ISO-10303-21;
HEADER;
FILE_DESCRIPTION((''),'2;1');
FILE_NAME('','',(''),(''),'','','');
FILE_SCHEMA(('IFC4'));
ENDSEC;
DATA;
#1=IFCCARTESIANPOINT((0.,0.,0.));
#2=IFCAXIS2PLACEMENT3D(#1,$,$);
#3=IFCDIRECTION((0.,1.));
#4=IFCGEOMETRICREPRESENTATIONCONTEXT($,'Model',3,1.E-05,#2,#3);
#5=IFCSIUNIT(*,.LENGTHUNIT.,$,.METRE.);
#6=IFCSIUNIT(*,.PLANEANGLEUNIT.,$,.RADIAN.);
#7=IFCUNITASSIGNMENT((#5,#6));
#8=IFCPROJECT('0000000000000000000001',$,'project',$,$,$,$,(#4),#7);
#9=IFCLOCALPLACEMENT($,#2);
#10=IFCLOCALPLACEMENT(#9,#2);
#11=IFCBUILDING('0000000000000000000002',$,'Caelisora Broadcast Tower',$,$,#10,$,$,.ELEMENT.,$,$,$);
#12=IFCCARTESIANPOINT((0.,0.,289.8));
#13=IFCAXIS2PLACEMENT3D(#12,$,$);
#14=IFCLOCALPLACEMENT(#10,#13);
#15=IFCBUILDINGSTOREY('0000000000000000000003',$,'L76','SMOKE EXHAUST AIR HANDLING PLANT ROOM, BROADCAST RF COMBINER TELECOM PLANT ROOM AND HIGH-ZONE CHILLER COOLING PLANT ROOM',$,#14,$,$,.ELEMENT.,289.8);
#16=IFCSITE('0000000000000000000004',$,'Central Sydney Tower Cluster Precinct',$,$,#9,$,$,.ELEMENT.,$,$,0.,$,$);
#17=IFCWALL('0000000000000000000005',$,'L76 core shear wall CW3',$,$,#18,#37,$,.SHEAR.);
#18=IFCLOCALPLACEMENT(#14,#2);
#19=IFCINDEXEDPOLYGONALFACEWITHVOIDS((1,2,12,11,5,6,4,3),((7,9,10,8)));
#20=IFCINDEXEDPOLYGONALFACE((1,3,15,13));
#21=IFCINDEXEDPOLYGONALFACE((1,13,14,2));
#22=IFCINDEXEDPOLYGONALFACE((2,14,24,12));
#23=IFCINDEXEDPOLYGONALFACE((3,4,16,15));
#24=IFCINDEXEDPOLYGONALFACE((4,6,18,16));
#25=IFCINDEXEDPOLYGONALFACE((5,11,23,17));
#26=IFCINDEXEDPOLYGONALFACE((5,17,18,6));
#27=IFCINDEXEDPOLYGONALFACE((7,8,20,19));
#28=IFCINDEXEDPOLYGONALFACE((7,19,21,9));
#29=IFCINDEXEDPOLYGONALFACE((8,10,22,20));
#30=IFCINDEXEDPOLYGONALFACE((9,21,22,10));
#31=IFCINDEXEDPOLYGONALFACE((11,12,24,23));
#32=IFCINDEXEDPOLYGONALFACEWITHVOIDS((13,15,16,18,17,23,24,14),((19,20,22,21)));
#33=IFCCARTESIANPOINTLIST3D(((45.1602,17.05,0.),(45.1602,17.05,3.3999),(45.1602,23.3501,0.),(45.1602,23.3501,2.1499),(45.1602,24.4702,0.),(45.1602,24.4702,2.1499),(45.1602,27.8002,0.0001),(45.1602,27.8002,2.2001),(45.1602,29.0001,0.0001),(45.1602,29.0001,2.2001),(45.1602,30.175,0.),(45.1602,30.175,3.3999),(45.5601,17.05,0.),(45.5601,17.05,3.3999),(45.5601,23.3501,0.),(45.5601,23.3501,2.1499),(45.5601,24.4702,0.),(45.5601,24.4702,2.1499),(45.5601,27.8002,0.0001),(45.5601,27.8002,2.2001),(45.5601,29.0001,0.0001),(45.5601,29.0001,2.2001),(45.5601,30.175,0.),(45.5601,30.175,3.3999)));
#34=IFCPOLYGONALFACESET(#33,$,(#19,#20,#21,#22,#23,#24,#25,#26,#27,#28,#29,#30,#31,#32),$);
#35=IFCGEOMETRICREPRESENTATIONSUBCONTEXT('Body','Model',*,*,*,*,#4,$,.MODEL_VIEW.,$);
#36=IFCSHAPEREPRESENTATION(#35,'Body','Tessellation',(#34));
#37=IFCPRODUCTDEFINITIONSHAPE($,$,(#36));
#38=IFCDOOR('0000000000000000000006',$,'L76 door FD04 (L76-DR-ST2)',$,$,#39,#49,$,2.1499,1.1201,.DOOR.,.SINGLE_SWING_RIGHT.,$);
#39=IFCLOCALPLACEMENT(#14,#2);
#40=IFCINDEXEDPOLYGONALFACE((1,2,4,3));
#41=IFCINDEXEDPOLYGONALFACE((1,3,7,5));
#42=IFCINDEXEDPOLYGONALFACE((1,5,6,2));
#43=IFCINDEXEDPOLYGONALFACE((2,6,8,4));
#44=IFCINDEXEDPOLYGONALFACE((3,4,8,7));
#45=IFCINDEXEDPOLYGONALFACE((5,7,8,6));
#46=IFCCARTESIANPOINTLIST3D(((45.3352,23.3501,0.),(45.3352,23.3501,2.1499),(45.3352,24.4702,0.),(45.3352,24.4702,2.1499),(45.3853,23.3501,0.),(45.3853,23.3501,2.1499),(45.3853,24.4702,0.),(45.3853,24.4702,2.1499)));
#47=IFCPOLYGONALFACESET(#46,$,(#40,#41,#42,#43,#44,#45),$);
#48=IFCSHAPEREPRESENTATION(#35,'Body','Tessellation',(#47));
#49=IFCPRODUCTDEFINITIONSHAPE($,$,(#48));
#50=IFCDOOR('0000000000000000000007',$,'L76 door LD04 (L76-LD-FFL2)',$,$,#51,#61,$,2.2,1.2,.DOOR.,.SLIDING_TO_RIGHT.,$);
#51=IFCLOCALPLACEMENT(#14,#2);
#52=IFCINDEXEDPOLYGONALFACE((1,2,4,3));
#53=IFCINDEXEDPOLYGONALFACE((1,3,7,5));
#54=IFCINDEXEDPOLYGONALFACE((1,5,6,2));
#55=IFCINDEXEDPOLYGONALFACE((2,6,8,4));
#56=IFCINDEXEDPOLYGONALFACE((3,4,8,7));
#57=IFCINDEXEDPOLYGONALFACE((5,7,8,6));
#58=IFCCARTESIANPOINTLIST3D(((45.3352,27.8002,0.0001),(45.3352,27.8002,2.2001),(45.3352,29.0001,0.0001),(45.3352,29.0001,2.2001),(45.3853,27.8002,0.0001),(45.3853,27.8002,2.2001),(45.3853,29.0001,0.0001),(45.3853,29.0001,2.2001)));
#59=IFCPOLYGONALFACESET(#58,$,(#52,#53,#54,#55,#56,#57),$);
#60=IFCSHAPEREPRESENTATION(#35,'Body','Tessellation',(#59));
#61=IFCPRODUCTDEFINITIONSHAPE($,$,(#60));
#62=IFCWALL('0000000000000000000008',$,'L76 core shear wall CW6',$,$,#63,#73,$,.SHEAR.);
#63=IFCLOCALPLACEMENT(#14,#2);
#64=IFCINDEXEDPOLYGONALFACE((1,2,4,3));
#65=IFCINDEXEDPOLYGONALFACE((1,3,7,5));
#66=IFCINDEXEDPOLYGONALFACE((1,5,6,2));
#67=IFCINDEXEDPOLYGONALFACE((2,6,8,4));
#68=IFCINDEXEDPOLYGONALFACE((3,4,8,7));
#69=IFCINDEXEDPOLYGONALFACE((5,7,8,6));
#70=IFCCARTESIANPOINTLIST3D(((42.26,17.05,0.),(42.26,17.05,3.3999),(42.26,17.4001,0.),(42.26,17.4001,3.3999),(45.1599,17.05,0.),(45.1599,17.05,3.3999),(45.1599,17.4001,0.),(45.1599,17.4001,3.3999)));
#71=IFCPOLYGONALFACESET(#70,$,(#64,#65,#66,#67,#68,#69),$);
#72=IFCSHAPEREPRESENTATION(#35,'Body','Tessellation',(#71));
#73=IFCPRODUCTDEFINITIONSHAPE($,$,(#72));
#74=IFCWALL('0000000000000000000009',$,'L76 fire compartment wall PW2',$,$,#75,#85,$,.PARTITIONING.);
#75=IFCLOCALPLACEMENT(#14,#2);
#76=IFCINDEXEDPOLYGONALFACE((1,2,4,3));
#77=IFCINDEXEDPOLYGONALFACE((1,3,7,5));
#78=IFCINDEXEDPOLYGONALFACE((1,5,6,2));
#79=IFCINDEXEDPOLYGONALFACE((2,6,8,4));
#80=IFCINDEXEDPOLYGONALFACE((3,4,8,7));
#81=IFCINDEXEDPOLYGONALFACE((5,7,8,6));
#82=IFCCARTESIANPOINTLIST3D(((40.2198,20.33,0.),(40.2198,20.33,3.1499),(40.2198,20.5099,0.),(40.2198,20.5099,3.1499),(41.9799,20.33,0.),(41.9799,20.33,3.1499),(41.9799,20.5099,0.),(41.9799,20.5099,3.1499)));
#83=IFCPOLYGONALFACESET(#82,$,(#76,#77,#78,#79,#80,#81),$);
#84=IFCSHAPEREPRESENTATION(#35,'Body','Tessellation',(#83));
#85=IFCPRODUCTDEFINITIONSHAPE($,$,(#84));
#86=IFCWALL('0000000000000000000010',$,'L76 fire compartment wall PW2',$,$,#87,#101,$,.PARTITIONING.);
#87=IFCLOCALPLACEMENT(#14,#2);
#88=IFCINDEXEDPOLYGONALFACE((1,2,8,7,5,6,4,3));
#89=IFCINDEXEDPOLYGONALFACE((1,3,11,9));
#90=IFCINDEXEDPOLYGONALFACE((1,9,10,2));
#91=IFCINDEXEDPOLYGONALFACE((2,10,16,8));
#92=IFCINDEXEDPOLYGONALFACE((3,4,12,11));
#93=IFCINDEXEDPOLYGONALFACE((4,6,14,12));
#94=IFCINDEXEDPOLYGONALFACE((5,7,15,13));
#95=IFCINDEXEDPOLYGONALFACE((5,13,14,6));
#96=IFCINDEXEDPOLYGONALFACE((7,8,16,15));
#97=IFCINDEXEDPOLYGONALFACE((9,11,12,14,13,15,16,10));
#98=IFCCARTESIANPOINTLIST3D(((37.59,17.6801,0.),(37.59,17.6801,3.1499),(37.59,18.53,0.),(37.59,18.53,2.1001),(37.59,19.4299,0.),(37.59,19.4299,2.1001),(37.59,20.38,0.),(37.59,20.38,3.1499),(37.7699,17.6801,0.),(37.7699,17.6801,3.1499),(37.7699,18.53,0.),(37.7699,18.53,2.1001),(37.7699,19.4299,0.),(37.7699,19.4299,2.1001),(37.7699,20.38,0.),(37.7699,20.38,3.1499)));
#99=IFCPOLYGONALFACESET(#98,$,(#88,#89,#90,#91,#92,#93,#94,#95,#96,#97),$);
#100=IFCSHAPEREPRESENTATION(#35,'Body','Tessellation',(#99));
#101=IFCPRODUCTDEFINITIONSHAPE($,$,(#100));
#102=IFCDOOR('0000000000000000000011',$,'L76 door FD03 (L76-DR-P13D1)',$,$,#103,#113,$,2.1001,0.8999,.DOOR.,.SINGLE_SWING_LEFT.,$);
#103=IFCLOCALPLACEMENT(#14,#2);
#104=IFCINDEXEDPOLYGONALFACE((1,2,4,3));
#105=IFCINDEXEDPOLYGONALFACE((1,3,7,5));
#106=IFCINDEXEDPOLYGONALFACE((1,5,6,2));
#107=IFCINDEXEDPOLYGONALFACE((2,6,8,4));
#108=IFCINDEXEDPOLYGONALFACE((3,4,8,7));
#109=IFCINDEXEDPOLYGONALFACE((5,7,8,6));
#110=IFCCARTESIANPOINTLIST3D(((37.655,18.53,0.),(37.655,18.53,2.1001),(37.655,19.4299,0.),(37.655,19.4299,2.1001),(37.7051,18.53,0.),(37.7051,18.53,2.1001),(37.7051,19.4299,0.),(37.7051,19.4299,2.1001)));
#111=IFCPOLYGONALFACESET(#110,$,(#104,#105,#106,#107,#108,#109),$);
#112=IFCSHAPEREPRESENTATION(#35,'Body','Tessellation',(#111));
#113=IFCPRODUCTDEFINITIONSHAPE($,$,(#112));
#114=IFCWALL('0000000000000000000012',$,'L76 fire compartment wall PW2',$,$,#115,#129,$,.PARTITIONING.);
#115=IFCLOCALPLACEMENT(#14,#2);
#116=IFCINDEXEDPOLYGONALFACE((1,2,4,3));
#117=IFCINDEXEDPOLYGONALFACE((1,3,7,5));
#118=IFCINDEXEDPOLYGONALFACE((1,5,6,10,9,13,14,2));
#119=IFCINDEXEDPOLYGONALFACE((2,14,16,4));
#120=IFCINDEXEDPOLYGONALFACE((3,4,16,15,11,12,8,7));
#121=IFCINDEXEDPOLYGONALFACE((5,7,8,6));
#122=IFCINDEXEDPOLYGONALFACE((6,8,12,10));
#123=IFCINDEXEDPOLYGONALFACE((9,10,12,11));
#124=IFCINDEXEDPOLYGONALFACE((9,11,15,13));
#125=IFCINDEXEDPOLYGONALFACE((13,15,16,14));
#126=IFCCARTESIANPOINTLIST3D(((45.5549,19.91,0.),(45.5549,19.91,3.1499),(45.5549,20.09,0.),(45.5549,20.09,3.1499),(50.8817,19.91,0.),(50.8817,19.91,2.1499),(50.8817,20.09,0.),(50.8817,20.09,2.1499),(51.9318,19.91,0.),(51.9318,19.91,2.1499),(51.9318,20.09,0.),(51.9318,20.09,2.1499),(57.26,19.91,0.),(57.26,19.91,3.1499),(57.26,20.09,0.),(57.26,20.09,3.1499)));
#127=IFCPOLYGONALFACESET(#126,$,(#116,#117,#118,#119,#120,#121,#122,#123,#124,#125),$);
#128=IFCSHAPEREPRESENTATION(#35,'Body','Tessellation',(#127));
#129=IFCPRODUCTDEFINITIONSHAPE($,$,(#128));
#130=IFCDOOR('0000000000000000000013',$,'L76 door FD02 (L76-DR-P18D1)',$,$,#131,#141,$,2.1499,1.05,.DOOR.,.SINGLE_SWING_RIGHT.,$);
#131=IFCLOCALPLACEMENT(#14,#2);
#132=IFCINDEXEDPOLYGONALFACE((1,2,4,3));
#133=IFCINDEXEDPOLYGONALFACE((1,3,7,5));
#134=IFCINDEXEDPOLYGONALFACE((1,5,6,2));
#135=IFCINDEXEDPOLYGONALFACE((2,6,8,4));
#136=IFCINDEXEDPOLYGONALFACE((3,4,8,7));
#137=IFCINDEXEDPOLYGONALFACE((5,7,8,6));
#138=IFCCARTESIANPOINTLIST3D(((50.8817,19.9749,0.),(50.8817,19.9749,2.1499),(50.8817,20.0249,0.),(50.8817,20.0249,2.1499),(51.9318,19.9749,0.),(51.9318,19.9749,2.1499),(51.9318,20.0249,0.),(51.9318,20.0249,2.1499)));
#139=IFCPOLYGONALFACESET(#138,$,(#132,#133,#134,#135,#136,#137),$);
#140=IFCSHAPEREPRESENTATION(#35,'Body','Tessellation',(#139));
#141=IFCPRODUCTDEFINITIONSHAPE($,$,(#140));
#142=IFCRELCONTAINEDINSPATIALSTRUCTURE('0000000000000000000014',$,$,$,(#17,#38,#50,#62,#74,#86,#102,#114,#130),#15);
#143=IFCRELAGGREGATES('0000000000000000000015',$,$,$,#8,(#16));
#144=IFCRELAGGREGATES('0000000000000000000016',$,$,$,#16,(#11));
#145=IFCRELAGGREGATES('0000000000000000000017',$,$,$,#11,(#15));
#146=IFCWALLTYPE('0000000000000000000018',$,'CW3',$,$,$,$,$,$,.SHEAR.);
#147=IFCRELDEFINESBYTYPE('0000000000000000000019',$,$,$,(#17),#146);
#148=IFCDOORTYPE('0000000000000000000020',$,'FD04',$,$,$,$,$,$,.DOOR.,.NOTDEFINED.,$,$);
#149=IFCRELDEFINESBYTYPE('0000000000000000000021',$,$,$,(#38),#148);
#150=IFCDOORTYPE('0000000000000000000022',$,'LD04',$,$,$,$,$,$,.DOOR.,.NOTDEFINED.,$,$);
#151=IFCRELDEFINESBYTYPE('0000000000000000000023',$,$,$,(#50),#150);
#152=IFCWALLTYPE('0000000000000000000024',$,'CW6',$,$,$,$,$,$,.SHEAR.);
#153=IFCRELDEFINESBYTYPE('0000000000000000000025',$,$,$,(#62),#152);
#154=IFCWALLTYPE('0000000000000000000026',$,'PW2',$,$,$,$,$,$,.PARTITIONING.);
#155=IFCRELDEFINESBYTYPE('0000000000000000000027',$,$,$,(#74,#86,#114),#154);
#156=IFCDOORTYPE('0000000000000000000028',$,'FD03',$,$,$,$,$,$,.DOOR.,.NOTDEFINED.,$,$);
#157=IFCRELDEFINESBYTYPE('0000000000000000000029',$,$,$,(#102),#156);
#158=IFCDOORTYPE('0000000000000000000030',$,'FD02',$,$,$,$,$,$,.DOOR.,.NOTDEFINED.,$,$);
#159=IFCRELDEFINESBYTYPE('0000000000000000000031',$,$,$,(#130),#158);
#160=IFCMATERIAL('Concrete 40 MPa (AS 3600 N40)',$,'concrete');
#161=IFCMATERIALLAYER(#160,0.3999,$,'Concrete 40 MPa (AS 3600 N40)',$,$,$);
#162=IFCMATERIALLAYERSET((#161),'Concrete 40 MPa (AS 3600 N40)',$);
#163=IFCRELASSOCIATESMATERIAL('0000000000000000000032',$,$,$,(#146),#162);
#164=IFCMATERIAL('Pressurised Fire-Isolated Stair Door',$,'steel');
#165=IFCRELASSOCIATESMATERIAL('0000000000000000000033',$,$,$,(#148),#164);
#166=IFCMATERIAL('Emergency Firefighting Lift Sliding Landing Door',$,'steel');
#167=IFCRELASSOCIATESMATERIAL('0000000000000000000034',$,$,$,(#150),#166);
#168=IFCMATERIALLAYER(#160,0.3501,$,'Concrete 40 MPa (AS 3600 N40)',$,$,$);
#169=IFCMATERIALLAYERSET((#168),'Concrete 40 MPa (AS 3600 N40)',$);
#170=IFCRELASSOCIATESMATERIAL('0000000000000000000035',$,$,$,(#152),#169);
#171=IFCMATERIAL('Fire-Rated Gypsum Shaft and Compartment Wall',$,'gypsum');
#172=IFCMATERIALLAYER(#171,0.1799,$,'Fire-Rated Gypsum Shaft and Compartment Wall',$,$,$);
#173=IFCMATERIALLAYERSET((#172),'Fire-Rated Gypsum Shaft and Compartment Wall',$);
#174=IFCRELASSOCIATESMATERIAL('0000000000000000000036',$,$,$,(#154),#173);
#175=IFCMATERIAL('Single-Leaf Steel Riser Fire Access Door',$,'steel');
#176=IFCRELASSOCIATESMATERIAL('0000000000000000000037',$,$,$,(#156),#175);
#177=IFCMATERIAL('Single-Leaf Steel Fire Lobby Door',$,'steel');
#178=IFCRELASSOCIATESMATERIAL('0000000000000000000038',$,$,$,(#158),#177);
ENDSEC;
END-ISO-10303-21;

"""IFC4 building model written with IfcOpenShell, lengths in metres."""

from ifc_helpers import new_model, si_unit, direction, frame, frame_2d, origin, place, context, subcontext, project, spatial, rectangle, extrude, material, layer, layer_set, type_object, element, fill, save


model = new_model("IFC4")

# Units and contexts
model_context = context("Model", 3, precision=1e-05, world=origin(), true_north=direction((0.0, 1.0)))
body_context = subcontext(model_context, "Body", "Model", "MODEL_VIEW")
ifc_project = project(units=[si_unit("LENGTHUNIT", "METRE"), si_unit("PLANEANGLEUNIT", "RADIAN")], contexts=[model_context])

# Site, building, storey
site_placement = place(None, origin())
site = spatial("IfcSite", under=ifc_project, at=site_placement, Name="Central Sydney Tower Cluster Precinct", CompositionType="ELEMENT", RefElevation=0.0)
building_placement = place(site_placement, origin())
building = spatial("IfcBuilding", under=site, at=building_placement, Name="Caelisora Broadcast Tower", CompositionType="ELEMENT")
storey_placement = place(building_placement, frame((0.0, 0.0, 289.8)))
storey = spatial("IfcBuildingStorey", under=building, at=storey_placement, Name="L76", Description="SMOKE EXHAUST AIR HANDLING PLANT ROOM, BROADCAST RF COMBINER TELECOM PLANT ROOM AND HIGH-ZONE CHILLER COOLING PLANT ROOM", CompositionType="ELEMENT", Elevation=289.8)

# Wall, openings, doors
ifc_material_1 = material(Name="Concrete 40 MPa (AS 3600 N40)", Category="concrete")
ifc_layer_1 = layer(ifc_material_1, 0.3999, Name="Concrete 40 MPa (AS 3600 N40)")
ifc_layer_set_1 = layer_set([ifc_layer_1], Name="Concrete 40 MPa (AS 3600 N40)")
wall_type_1 = type_object("IfcWallType", Name="CW3", PredefinedType="SHEAR", material=ifc_layer_set_1)
wall_1_placement = place(storey_placement, frame((45.3601, 17.05, 0.0), z_axis=(0.0, 0.0, 1.0), x_axis=(0.0, 1.0, 0.0)))
wall_1 = element("IfcWall", 1, at=wall_1_placement, inside=storey, type_object=wall_type_1, Name="L76 core shear wall CW3", PredefinedType="SHEAR", context=body_context, shape_type="SweptSolid", body=[
    extrude(rectangle(XDim=13.125, YDim=0.3999, at=frame_2d((6.5625, 0.0))), origin(), (0.0, 0.0, 1.0), 3.3999),
])
opening_1_placement = place(wall_1_placement, frame((6.3, 0.0, 0.0)))
opening_1 = element("IfcOpeningElement", 2, at=opening_1_placement, cuts=wall_1, PredefinedType="OPENING", context=body_context, shape_type="SweptSolid", body=[
    extrude(rectangle(XDim=1.1201, YDim=2.1499, at=frame_2d((0.5601, 1.075))), frame((0.0, 0.2119, 0.0), z_axis=(0.0, -1.0, 0.0), x_axis=(1.0, 0.0, 0.0)), (0.0, 0.0, 1.0), 0.4238),
])
opening_2_placement = place(wall_1_placement, frame((10.75, 0.0, 0.0)))
opening_2 = element("IfcOpeningElement", 3, at=opening_2_placement, cuts=wall_1, PredefinedType="OPENING", context=body_context, shape_type="SweptSolid", body=[
    extrude(rectangle(XDim=1.2, YDim=2.2, at=frame_2d((0.6001, 1.1001))), frame((0.0, 0.2119, 0.0), z_axis=(0.0, -1.0, 0.0), x_axis=(1.0, 0.0, 0.0)), (0.0, 0.0, 1.0), 0.4238),
])
ifc_material_2 = material(Name="Pressurised Fire-Isolated Stair Door", Category="steel")
door_type_1 = type_object("IfcDoorType", Name="FD04", OperationType="NOTDEFINED", PredefinedType="DOOR", material=ifc_material_2)
door_1_placement = place(opening_1_placement, origin())
door_1 = element("IfcDoor", 4, at=door_1_placement, inside=storey, type_object=door_type_1, Name="L76 door FD04 (L76-DR-ST2)", OperationType="SINGLE_SWING_RIGHT", OverallHeight=2.1499, OverallWidth=1.1201, PredefinedType="DOOR", context=body_context, shape_type="SweptSolid", body=[
    extrude(rectangle(XDim=1.1201, YDim=2.1499, at=frame_2d((0.5601, 1.075))), frame((0.0, 0.0249, 0.0), z_axis=(0.0, -1.0, 0.0), x_axis=(1.0, 0.0, 0.0)), (0.0, 0.0, 1.0), 0.05),
])
fill(opening_1, door_1)
ifc_material_3 = material(Name="Emergency Firefighting Lift Sliding Landing Door", Category="steel")
door_type_2 = type_object("IfcDoorType", Name="LD04", OperationType="NOTDEFINED", PredefinedType="DOOR", material=ifc_material_3)
door_2_placement = place(opening_2_placement, origin())
door_2 = element("IfcDoor", 5, at=door_2_placement, inside=storey, type_object=door_type_2, Name="L76 door LD04 (L76-LD-FFL2)", OperationType="SLIDING_TO_RIGHT", OverallHeight=2.2, OverallWidth=1.2, PredefinedType="DOOR", context=body_context, shape_type="SweptSolid", body=[
    extrude(rectangle(XDim=1.2, YDim=2.2, at=frame_2d((0.6001, 1.1001))), frame((0.0, 0.0249, 0.0), z_axis=(0.0, -1.0, 0.0), x_axis=(1.0, 0.0, 0.0)), (0.0, 0.0, 1.0), 0.05),
])
fill(opening_2, door_2)

# Walls
ifc_layer_2 = layer(ifc_material_1, 0.3501, Name="Concrete 40 MPa (AS 3600 N40)")
ifc_layer_set_2 = layer_set([ifc_layer_2], Name="Concrete 40 MPa (AS 3600 N40)")
wall_type_2 = type_object("IfcWallType", Name="CW6", PredefinedType="SHEAR", material=ifc_layer_set_2)
wall_2_placement = place(storey_placement, frame((42.26, 17.2251, 0.0), z_axis=(0.0, 0.0, 1.0), x_axis=(1.0, 0.0, 0.0)))
element("IfcWall", 6, at=wall_2_placement, inside=storey, type_object=wall_type_2, Name="L76 core shear wall CW6", PredefinedType="SHEAR", context=body_context, shape_type="SweptSolid", body=[
    extrude(rectangle(XDim=2.8999, YDim=0.3501, at=frame_2d((1.45, 0.0))), origin(), (0.0, 0.0, 1.0), 3.3999),
])
ifc_material_4 = material(Name="Fire-Rated Gypsum Shaft and Compartment Wall", Category="gypsum")
ifc_layer_3 = layer(ifc_material_4, 0.1799, Name="Fire-Rated Gypsum Shaft and Compartment Wall")
ifc_layer_set_3 = layer_set([ifc_layer_3], Name="Fire-Rated Gypsum Shaft and Compartment Wall")
wall_type_3 = type_object("IfcWallType", Name="PW2", PredefinedType="PARTITIONING", material=ifc_layer_set_3)
wall_3_placement = place(storey_placement, frame((40.22, 20.4199, 0.0), z_axis=(0.0, 0.0, 1.0), x_axis=(1.0, 0.0, 0.0)))
element("IfcWall", 7, at=wall_3_placement, inside=storey, type_object=wall_type_3, Name="L76 fire compartment wall PW2", PredefinedType="PARTITIONING", context=body_context, shape_type="SweptSolid", body=[
    extrude(rectangle(XDim=1.76, YDim=0.1799, at=frame_2d((0.8799, 0.0))), origin(), (0.0, 0.0, 1.0), 3.1499),
])

# Walls, openings, doors
wall_4_placement = place(storey_placement, frame((37.6799, 17.6799, 0.0), z_axis=(0.0, 0.0, 1.0), x_axis=(0.0, 1.0, 0.0)))
wall_4 = element("IfcWall", 8, at=wall_4_placement, inside=storey, type_object=wall_type_3, Name="L76 fire compartment wall PW2", PredefinedType="PARTITIONING", context=body_context, shape_type="SweptSolid", body=[
    extrude(rectangle(XDim=2.7, YDim=0.1799, at=frame_2d((1.3501, 0.0))), origin(), (0.0, 0.0, 1.0), 3.1499),
])
opening_3_placement = place(wall_4_placement, frame((0.8501, 0.0, 0.0)))
opening_3 = element("IfcOpeningElement", 9, at=opening_3_placement, cuts=wall_4, PredefinedType="OPENING", context=body_context, shape_type="SweptSolid", body=[
    extrude(rectangle(XDim=0.8999, YDim=2.1001, at=frame_2d((0.45, 1.05))), frame((0.0, 0.1021, 0.0), z_axis=(0.0, -1.0, 0.0), x_axis=(1.0, 0.0, 0.0)), (0.0, 0.0, 1.0), 0.2039),
])
ifc_material_5 = material(Name="Single-Leaf Steel Riser Fire Access Door", Category="steel")
door_type_3 = type_object("IfcDoorType", Name="FD03", OperationType="NOTDEFINED", PredefinedType="DOOR", material=ifc_material_5)
door_3_placement = place(opening_3_placement, origin())
door_3 = element("IfcDoor", 10, at=door_3_placement, inside=storey, type_object=door_type_3, Name="L76 door FD03 (L76-DR-P13D1)", OperationType="SINGLE_SWING_LEFT", OverallHeight=2.1001, OverallWidth=0.8999, PredefinedType="DOOR", context=body_context, shape_type="SweptSolid", body=[
    extrude(rectangle(XDim=0.8999, YDim=2.1001, at=frame_2d((0.45, 1.05))), frame((0.0, 0.0249, 0.0), z_axis=(0.0, -1.0, 0.0), x_axis=(1.0, 0.0, 0.0)), (0.0, 0.0, 1.0), 0.05),
])
fill(opening_3, door_3)
wall_5_placement = place(storey_placement, frame((45.5549, 20.0, 0.0), z_axis=(0.0, 0.0, 1.0), x_axis=(1.0, 0.0, 0.0)))
wall_5 = element("IfcWall", 11, at=wall_5_placement, inside=storey, type_object=wall_type_3, Name="L76 fire compartment wall PW2", PredefinedType="PARTITIONING", context=body_context, shape_type="SweptSolid", body=[
    extrude(rectangle(XDim=11.7051, YDim=0.1799, at=frame_2d((5.8525, 0.0))), origin(), (0.0, 0.0, 1.0), 3.1499),
])
opening_4_placement = place(wall_5_placement, frame((5.3269, 0.0, 0.0)))
opening_4 = element("IfcOpeningElement", 12, at=opening_4_placement, cuts=wall_5, PredefinedType="OPENING", context=body_context, shape_type="SweptSolid", body=[
    extrude(rectangle(XDim=1.05, YDim=2.1499, at=frame_2d((0.5249, 1.075))), frame((0.0, 0.1021, 0.0), z_axis=(0.0, -1.0, 0.0), x_axis=(1.0, 0.0, 0.0)), (0.0, 0.0, 1.0), 0.2039),
])
ifc_material_6 = material(Name="Single-Leaf Steel Fire Lobby Door", Category="steel")
door_type_4 = type_object("IfcDoorType", Name="FD02", OperationType="NOTDEFINED", PredefinedType="DOOR", material=ifc_material_6)
door_4_placement = place(opening_4_placement, origin())
door_4 = element("IfcDoor", 13, at=door_4_placement, inside=storey, type_object=door_type_4, Name="L76 door FD02 (L76-DR-P18D1)", OperationType="SINGLE_SWING_RIGHT", OverallHeight=2.1499, OverallWidth=1.05, PredefinedType="DOOR", context=body_context, shape_type="SweptSolid", body=[
    extrude(rectangle(XDim=1.05, YDim=2.1499, at=frame_2d((0.5249, 1.075))), frame((0.0, 0.0249, 0.0), z_axis=(0.0, -1.0, 0.0), x_axis=(1.0, 0.0, 0.0)), (0.0, 0.0, 1.0), 0.05),
])
fill(opening_4, door_4)

save(model, "model.ifc")
